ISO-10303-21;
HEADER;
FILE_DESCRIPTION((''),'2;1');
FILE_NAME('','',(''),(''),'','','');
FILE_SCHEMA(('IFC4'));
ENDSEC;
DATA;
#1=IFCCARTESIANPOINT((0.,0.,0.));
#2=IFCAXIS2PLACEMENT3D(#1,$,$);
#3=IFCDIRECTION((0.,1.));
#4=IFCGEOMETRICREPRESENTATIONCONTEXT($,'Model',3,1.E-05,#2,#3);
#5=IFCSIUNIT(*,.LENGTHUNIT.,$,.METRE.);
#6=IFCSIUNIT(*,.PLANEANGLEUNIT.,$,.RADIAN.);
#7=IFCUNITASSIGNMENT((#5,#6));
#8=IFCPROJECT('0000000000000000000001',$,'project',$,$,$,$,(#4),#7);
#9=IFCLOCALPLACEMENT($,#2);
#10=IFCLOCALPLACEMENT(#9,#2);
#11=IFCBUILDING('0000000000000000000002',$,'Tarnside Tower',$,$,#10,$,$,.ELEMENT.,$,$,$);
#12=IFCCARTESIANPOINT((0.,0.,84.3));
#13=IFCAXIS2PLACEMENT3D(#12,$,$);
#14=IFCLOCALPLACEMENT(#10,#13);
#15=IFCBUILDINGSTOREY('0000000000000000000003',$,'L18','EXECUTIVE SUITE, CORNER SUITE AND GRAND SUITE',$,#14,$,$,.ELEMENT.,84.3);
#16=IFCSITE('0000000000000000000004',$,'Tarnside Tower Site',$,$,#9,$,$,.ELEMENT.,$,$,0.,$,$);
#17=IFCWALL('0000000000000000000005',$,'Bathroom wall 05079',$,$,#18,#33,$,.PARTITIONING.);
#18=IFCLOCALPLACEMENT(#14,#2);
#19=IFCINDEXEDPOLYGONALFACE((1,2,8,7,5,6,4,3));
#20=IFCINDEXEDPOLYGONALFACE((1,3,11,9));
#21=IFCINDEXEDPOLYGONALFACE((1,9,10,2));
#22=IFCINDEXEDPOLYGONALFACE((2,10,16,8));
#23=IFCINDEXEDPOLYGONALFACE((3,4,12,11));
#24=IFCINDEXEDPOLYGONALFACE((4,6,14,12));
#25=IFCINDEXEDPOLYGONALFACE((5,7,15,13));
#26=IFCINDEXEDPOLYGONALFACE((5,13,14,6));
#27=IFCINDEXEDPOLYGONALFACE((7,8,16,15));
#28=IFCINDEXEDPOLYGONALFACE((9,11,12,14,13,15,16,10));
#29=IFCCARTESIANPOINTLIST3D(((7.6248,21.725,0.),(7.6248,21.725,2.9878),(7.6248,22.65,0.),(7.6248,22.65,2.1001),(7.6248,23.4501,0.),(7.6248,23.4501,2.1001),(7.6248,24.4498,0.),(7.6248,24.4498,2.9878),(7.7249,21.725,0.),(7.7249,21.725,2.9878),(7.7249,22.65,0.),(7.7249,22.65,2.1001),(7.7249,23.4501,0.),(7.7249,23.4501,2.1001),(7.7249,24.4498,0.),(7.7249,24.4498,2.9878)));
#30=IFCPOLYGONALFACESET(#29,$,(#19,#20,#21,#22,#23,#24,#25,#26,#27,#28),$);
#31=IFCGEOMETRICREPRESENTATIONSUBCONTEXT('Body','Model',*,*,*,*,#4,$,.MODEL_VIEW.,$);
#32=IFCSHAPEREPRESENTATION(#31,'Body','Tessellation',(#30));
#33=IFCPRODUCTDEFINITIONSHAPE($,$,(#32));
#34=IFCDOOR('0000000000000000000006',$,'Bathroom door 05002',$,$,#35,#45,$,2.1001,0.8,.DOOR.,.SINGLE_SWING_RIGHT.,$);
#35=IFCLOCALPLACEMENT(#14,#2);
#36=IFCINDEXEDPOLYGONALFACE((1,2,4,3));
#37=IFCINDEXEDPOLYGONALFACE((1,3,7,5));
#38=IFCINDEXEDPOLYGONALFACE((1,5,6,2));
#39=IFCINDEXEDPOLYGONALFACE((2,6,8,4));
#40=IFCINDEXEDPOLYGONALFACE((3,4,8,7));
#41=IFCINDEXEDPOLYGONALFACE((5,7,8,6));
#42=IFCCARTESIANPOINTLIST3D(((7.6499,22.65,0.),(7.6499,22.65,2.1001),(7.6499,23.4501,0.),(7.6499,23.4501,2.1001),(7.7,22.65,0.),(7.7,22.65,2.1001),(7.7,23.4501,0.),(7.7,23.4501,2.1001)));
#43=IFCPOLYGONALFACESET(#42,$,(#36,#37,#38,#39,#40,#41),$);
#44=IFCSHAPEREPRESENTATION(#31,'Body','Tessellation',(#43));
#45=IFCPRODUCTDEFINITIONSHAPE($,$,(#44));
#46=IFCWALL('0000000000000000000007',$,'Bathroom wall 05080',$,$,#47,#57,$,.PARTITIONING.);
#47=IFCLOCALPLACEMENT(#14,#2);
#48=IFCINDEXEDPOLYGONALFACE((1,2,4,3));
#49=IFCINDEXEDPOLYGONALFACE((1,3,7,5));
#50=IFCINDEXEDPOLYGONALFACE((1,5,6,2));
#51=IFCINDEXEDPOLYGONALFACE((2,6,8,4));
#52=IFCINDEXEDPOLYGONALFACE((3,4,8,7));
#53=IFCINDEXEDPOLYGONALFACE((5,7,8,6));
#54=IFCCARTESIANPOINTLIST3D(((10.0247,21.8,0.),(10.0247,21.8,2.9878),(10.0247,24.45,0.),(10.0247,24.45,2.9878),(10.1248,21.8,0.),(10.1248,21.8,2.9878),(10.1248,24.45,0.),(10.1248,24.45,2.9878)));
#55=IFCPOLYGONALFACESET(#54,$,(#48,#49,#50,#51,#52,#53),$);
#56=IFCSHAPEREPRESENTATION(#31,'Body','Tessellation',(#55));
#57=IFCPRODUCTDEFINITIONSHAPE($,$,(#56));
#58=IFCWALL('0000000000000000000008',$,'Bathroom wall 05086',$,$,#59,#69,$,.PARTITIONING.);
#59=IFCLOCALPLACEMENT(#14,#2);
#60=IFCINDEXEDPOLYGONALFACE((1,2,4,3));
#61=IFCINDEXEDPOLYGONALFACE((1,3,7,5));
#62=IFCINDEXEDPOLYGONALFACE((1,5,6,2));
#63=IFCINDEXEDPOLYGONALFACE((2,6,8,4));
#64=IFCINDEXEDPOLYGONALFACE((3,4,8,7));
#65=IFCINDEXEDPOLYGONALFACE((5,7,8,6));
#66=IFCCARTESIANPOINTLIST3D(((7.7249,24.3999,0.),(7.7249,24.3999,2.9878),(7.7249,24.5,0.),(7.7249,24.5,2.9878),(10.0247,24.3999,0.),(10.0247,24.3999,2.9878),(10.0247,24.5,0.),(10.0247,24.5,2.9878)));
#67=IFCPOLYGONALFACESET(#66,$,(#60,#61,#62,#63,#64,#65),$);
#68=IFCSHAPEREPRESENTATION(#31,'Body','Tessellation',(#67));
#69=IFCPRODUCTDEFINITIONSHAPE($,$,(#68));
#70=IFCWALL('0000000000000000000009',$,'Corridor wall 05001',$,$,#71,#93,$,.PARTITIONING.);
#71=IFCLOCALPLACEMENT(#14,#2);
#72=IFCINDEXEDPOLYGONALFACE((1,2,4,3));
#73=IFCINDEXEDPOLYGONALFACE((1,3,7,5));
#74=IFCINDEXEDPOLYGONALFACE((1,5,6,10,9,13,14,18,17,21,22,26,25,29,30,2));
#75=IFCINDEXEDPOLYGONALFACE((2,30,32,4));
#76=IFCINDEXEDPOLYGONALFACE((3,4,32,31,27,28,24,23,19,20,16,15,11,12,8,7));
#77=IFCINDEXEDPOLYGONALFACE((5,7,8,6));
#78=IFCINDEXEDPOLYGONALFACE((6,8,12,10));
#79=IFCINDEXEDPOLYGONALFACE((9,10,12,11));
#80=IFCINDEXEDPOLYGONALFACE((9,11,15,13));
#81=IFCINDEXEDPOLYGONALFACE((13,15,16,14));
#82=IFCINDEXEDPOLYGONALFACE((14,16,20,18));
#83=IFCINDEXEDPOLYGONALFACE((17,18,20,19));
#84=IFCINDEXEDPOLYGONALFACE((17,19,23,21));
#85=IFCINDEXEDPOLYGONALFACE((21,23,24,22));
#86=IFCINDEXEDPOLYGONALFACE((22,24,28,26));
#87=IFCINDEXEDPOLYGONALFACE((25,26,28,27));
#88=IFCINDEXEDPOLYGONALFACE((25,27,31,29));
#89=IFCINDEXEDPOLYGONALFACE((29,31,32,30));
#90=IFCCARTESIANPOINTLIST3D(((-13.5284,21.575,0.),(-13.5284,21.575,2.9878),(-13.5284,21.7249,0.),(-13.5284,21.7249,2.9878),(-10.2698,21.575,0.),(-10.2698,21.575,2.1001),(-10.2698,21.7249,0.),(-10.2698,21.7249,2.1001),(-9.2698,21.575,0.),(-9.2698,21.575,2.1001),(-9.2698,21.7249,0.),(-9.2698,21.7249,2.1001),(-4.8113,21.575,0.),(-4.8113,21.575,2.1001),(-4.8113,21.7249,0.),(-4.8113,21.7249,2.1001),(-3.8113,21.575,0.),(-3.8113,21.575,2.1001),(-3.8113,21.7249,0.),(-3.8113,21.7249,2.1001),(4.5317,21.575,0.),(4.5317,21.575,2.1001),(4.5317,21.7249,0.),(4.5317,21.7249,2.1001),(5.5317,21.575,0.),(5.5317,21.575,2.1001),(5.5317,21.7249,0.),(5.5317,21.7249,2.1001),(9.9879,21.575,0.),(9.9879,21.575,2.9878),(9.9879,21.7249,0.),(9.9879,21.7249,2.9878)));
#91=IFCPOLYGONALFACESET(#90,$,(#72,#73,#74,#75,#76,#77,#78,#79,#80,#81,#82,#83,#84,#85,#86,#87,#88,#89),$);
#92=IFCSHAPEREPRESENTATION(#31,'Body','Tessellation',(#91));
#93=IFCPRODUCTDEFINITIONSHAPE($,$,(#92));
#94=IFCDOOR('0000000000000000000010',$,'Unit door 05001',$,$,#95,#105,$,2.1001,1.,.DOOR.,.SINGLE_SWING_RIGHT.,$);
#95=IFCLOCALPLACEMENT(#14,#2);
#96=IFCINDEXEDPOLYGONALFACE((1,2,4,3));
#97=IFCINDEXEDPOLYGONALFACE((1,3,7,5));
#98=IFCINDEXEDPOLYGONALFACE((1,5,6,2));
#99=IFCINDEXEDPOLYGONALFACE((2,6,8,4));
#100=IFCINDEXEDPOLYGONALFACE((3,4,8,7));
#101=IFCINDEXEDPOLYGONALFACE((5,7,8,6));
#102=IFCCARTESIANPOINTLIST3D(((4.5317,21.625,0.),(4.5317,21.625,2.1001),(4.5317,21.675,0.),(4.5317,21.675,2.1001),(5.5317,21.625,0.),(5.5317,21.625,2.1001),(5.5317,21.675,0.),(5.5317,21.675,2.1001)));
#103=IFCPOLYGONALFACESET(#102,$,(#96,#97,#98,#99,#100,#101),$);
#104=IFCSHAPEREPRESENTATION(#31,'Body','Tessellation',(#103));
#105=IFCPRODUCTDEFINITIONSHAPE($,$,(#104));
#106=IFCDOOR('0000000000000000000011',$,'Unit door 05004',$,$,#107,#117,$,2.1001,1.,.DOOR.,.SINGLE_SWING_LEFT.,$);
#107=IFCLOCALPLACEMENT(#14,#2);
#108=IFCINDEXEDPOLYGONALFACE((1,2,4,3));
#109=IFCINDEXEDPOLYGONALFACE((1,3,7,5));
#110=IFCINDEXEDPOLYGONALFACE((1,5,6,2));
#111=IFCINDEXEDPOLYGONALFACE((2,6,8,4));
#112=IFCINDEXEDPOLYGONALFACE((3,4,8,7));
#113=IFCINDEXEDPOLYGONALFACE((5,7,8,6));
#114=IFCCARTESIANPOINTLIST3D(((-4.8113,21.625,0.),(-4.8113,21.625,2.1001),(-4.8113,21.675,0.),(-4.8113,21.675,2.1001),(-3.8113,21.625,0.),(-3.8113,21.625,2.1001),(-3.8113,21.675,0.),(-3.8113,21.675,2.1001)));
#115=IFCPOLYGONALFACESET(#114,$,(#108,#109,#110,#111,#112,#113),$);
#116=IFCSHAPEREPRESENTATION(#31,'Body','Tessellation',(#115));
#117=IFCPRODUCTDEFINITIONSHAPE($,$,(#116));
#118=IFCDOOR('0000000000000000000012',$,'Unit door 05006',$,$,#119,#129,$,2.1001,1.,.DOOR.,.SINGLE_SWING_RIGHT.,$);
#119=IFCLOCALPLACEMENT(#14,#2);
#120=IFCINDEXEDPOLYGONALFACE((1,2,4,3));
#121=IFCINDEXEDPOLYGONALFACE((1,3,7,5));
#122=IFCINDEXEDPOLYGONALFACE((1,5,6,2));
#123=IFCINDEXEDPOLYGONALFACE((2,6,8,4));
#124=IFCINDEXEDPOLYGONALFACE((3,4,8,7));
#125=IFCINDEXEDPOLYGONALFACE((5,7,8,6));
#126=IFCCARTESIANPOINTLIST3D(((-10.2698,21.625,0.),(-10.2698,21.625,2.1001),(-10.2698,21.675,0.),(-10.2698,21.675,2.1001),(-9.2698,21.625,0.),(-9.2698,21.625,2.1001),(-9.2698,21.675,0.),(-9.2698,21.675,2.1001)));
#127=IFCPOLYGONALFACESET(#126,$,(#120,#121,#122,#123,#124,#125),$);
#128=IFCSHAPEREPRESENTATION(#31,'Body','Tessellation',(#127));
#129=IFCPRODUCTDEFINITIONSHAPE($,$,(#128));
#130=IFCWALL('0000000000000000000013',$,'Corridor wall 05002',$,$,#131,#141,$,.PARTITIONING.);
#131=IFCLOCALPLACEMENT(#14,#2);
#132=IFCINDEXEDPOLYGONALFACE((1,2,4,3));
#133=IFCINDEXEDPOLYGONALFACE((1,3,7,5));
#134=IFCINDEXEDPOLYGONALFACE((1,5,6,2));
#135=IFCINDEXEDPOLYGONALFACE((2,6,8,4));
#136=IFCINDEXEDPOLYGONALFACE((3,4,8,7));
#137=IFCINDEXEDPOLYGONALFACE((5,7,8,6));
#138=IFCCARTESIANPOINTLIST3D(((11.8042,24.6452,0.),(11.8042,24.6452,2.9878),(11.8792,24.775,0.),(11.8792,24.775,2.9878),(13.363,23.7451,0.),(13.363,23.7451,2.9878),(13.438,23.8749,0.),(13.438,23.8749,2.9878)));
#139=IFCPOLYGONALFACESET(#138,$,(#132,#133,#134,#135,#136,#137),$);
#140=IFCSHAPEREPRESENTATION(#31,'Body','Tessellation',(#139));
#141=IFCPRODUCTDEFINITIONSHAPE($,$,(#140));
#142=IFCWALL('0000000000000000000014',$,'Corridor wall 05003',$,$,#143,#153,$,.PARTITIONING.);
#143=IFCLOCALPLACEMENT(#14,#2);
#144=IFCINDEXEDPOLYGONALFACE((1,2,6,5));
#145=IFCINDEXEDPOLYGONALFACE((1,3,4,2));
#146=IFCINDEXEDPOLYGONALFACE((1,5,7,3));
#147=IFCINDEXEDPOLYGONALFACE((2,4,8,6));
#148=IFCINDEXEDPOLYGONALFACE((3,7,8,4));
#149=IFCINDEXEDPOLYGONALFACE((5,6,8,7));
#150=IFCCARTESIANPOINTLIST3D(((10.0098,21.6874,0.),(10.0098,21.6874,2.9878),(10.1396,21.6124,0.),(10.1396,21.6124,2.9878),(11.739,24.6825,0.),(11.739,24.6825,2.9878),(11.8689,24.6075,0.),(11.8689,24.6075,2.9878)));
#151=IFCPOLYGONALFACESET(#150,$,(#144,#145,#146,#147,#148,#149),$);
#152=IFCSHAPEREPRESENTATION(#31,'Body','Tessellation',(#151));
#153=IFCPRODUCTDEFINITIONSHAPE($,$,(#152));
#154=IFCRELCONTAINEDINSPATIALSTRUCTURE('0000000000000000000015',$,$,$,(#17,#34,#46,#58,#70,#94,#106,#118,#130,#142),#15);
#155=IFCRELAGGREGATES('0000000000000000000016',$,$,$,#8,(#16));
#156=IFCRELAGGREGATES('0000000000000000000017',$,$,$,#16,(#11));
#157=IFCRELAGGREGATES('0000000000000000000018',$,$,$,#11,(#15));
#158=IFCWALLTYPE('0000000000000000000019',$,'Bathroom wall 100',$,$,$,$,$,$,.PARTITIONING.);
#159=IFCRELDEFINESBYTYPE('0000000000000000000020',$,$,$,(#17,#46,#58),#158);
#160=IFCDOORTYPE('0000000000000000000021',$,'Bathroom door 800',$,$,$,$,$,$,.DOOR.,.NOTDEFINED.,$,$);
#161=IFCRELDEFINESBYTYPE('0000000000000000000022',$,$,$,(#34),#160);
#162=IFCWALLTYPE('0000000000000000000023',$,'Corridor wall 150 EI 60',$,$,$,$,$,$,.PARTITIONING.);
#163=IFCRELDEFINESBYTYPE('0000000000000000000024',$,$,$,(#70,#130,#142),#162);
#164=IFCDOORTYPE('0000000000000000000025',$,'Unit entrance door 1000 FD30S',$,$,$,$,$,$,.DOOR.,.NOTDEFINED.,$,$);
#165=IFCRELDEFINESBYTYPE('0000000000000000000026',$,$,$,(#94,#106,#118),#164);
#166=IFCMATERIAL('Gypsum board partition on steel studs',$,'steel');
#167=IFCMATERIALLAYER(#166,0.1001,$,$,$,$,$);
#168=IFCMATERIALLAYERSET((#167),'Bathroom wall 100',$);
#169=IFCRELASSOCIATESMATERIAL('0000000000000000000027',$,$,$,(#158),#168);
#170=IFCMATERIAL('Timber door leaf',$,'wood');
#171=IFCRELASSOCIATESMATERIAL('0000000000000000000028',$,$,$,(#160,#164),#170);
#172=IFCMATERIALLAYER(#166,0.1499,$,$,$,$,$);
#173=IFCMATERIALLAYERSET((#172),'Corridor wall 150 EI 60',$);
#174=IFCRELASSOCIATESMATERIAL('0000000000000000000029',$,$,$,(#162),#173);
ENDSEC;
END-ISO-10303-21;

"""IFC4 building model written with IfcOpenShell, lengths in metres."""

from ifc_helpers import new_model, si_unit, direction, frame, frame_2d, origin, place, context, subcontext, project, spatial, rectangle, extrude, material, layer, layer_set, type_object, element, fill, save


model = new_model("IFC4")

# Units and contexts
model_context = context("Model", 3, precision=1e-05, world=origin(), true_north=direction((0.0, 1.0)))
body_context = subcontext(model_context, "Body", "Model", "MODEL_VIEW")
ifc_project = project(units=[si_unit("LENGTHUNIT", "METRE"), si_unit("PLANEANGLEUNIT", "RADIAN")], contexts=[model_context])

# Site, building, storey
site_placement = place(None, origin())
site = spatial("IfcSite", under=ifc_project, at=site_placement, Name="Tarnside Tower Site", CompositionType="ELEMENT", RefElevation=0.0)
building_placement = place(site_placement, origin())
building = spatial("IfcBuilding", under=site, at=building_placement, Name="Tarnside Tower", CompositionType="ELEMENT")
storey_placement = place(building_placement, frame((0.0, 0.0, 84.3)))
storey = spatial("IfcBuildingStorey", under=building, at=storey_placement, Name="L18", Description="EXECUTIVE SUITE, CORNER SUITE AND GRAND SUITE", CompositionType="ELEMENT", Elevation=84.3)

# Wall, opening, door
ifc_material_1 = material(Name="Gypsum board partition on steel studs", Category="steel")
ifc_layer_1 = layer(ifc_material_1, 0.1001)
ifc_layer_set_1 = layer_set([ifc_layer_1], Name="Bathroom wall 100")
wall_type_1 = type_object("IfcWallType", Name="Bathroom wall 100", PredefinedType="PARTITIONING", material=ifc_layer_set_1)
wall_1_placement = place(storey_placement, frame((7.6748, 21.7251, 0.0), z_axis=(0.0, 0.0, 1.0), x_axis=(0.0, 1.0, 0.0)))
wall_1 = element("IfcWall", 1, at=wall_1_placement, inside=storey, type_object=wall_type_1, Name="Bathroom wall 05079", PredefinedType="PARTITIONING", context=body_context, shape_type="SweptSolid", body=[
    extrude(rectangle(XDim=2.7249, YDim=0.1001, at=frame_2d((1.3623, 0.0))), origin(), (0.0, 0.0, 1.0), 2.9878),
])
opening_1_placement = place(wall_1_placement, frame((0.925, 0.0, 0.0)))
opening_1 = element("IfcOpeningElement", 2, at=opening_1_placement, cuts=wall_1, PredefinedType="OPENING", context=body_context, shape_type="SweptSolid", body=[
    extrude(rectangle(XDim=0.8, YDim=2.1001, at=frame_2d((0.3999, 1.05))), frame((0.0, 0.0601, 0.0), z_axis=(0.0, -1.0, 0.0), x_axis=(1.0, 0.0, 0.0)), (0.0, 0.0, 1.0), 0.1201),
])
ifc_material_2 = material(Name="Timber door leaf", Category="wood")
door_type_1 = type_object("IfcDoorType", Name="Bathroom door 800", OperationType="NOTDEFINED", PredefinedType="DOOR", material=ifc_material_2)
door_1_placement = place(opening_1_placement, origin())
door_1 = element("IfcDoor", 3, at=door_1_placement, inside=storey, type_object=door_type_1, Name="Bathroom door 05002", OperationType="SINGLE_SWING_RIGHT", OverallHeight=2.1001, OverallWidth=0.8, PredefinedType="DOOR", context=body_context, shape_type="SweptSolid", body=[
    extrude(rectangle(XDim=0.8, YDim=2.1001, at=frame_2d((0.3999, 1.05))), frame((0.0, 0.0249, 0.0), z_axis=(0.0, -1.0, 0.0), x_axis=(1.0, 0.0, 0.0)), (0.0, 0.0, 1.0), 0.05),
])
fill(opening_1, door_1)

# Walls
wall_2_placement = place(storey_placement, frame((10.0747, 24.45, 0.0), z_axis=(0.0, 0.0, 1.0), x_axis=(0.0, -1.0, 0.0)))
element("IfcWall", 4, at=wall_2_placement, inside=storey, type_object=wall_type_1, Name="Bathroom wall 05080", PredefinedType="PARTITIONING", context=body_context, shape_type="SweptSolid", body=[
    extrude(rectangle(XDim=2.6499, YDim=0.1001, at=frame_2d((1.325, 0.0))), origin(), (0.0, 0.0, 1.0), 2.9878),
])
wall_3_placement = place(storey_placement, frame((10.0247, 24.45, 0.0), z_axis=(0.0, 0.0, 1.0), x_axis=(-1.0, 0.0, 0.0)))
element("IfcWall", 5, at=wall_3_placement, inside=storey, type_object=wall_type_1, Name="Bathroom wall 05086", PredefinedType="PARTITIONING", context=body_context, shape_type="SweptSolid", body=[
    extrude(rectangle(XDim=2.2998, YDim=0.1001, at=frame_2d((1.1499, 0.0))), origin(), (0.0, 0.0, 1.0), 2.9878),
])

# Wall, openings, doors
ifc_layer_2 = layer(ifc_material_1, 0.1499)
ifc_layer_set_2 = layer_set([ifc_layer_2], Name="Corridor wall 150 EI 60")
wall_type_2 = type_object("IfcWallType", Name="Corridor wall 150 EI 60", PredefinedType="PARTITIONING", material=ifc_layer_set_2)
wall_4_placement = place(storey_placement, frame((9.988, 21.6499, 0.0), z_axis=(0.0, 0.0, 1.0), x_axis=(-1.0, 0.0, 0.0)))
wall_4 = element("IfcWall", 6, at=wall_4_placement, inside=storey, type_object=wall_type_2, Name="Corridor wall 05001", PredefinedType="PARTITIONING", context=body_context, shape_type="SweptSolid", body=[
    extrude(rectangle(XDim=23.5164, YDim=0.1499, at=frame_2d((11.7583, 0.0))), origin(), (0.0, 0.0, 1.0), 2.9878),
])
opening_2_placement = place(wall_4_placement, frame((4.4563, 0.0, 0.0)))
opening_2 = element("IfcOpeningElement", 7, at=opening_2_placement, cuts=wall_4, PredefinedType="OPENING", context=body_context, shape_type="SweptSolid", body=[
    extrude(rectangle(XDim=1.0, YDim=2.1001, at=frame_2d((0.5, 1.05))), frame((0.0, 0.085, 0.0), z_axis=(0.0, -1.0, 0.0), x_axis=(1.0, 0.0, 0.0)), (0.0, 0.0, 1.0), 0.1699),
])
opening_3_placement = place(wall_4_placement, frame((13.7993, 0.0, 0.0)))
opening_3 = element("IfcOpeningElement", 8, at=opening_3_placement, cuts=wall_4, PredefinedType="OPENING", context=body_context, shape_type="SweptSolid", body=[
    extrude(rectangle(XDim=1.0, YDim=2.1001, at=frame_2d((0.5, 1.05))), frame((0.0, 0.085, 0.0), z_axis=(0.0, -1.0, 0.0), x_axis=(1.0, 0.0, 0.0)), (0.0, 0.0, 1.0), 0.1699),
])
opening_4_placement = place(wall_4_placement, frame((19.2578, 0.0, 0.0)))
opening_4 = element("IfcOpeningElement", 9, at=opening_4_placement, cuts=wall_4, PredefinedType="OPENING", context=body_context, shape_type="SweptSolid", body=[
    extrude(rectangle(XDim=1.0, YDim=2.1001, at=frame_2d((0.5, 1.05))), frame((0.0, 0.085, 0.0), z_axis=(0.0, -1.0, 0.0), x_axis=(1.0, 0.0, 0.0)), (0.0, 0.0, 1.0), 0.1699),
])
door_type_2 = type_object("IfcDoorType", Name="Unit entrance door 1000 FD30S", OperationType="NOTDEFINED", PredefinedType="DOOR", material=ifc_material_2)
door_2_placement = place(opening_2_placement, origin())
door_2 = element("IfcDoor", 10, at=door_2_placement, inside=storey, type_object=door_type_2, Name="Unit door 05001", OperationType="SINGLE_SWING_RIGHT", OverallHeight=2.1001, OverallWidth=1.0, PredefinedType="DOOR", context=body_context, shape_type="SweptSolid", body=[
    extrude(rectangle(XDim=1.0, YDim=2.1001, at=frame_2d((0.5, 1.05))), frame((0.0, 0.0249, 0.0), z_axis=(0.0, -1.0, 0.0), x_axis=(1.0, 0.0, 0.0)), (0.0, 0.0, 1.0), 0.05),
])
fill(opening_2, door_2)
door_3_placement = place(opening_3_placement, origin())
door_3 = element("IfcDoor", 11, at=door_3_placement, inside=storey, type_object=door_type_2, Name="Unit door 05004", OperationType="SINGLE_SWING_LEFT", OverallHeight=2.1001, OverallWidth=1.0, PredefinedType="DOOR", context=body_context, shape_type="SweptSolid", body=[
    extrude(rectangle(XDim=1.0, YDim=2.1001, at=frame_2d((0.5, 1.05))), frame((0.0, 0.0249, 0.0), z_axis=(0.0, -1.0, 0.0), x_axis=(1.0, 0.0, 0.0)), (0.0, 0.0, 1.0), 0.05),
])
fill(opening_3, door_3)
door_4_placement = place(opening_4_placement, origin())
door_4 = element("IfcDoor", 12, at=door_4_placement, inside=storey, type_object=door_type_2, Name="Unit door 05006", OperationType="SINGLE_SWING_RIGHT", OverallHeight=2.1001, OverallWidth=1.0, PredefinedType="DOOR", context=body_context, shape_type="SweptSolid", body=[
    extrude(rectangle(XDim=1.0, YDim=2.1001, at=frame_2d((0.5, 1.05))), frame((0.0, 0.0249, 0.0), z_axis=(0.0, -1.0, 0.0), x_axis=(1.0, 0.0, 0.0)), (0.0, 0.0, 1.0), 0.05),
])
fill(opening_4, door_4)

# Walls
wall_5_placement = place(storey_placement, frame((13.4004, 23.8101, 0.0), z_axis=(0.0, 0.0, 1.0), x_axis=(-0.865989, 0.500063, 0.0)))
element("IfcWall", 13, at=wall_5_placement, inside=storey, type_object=wall_type_2, Name="Corridor wall 05002", PredefinedType="PARTITIONING", context=body_context, shape_type="SweptSolid", body=[
    extrude(rectangle(XDim=1.8, YDim=0.1499, at=frame_2d((0.8999, 0.0))), origin(), (0.0, 0.0, 1.0), 2.9878),
])
wall_6_placement = place(storey_placement, frame((11.804, 24.645, 0.0), z_axis=(0.0, 0.0, 1.0), x_axis=(-0.500004, -0.866023, 0.0)))
element("IfcWall", 14, at=wall_6_placement, inside=storey, type_object=wall_type_2, Name="Corridor wall 05003", PredefinedType="PARTITIONING", context=body_context, shape_type="SweptSolid", body=[
    extrude(rectangle(XDim=3.4585, YDim=0.1499, at=frame_2d((1.7292, 0.0))), origin(), (0.0, 0.0, 1.0), 2.9878),
])

save(model, "model.ifc")
